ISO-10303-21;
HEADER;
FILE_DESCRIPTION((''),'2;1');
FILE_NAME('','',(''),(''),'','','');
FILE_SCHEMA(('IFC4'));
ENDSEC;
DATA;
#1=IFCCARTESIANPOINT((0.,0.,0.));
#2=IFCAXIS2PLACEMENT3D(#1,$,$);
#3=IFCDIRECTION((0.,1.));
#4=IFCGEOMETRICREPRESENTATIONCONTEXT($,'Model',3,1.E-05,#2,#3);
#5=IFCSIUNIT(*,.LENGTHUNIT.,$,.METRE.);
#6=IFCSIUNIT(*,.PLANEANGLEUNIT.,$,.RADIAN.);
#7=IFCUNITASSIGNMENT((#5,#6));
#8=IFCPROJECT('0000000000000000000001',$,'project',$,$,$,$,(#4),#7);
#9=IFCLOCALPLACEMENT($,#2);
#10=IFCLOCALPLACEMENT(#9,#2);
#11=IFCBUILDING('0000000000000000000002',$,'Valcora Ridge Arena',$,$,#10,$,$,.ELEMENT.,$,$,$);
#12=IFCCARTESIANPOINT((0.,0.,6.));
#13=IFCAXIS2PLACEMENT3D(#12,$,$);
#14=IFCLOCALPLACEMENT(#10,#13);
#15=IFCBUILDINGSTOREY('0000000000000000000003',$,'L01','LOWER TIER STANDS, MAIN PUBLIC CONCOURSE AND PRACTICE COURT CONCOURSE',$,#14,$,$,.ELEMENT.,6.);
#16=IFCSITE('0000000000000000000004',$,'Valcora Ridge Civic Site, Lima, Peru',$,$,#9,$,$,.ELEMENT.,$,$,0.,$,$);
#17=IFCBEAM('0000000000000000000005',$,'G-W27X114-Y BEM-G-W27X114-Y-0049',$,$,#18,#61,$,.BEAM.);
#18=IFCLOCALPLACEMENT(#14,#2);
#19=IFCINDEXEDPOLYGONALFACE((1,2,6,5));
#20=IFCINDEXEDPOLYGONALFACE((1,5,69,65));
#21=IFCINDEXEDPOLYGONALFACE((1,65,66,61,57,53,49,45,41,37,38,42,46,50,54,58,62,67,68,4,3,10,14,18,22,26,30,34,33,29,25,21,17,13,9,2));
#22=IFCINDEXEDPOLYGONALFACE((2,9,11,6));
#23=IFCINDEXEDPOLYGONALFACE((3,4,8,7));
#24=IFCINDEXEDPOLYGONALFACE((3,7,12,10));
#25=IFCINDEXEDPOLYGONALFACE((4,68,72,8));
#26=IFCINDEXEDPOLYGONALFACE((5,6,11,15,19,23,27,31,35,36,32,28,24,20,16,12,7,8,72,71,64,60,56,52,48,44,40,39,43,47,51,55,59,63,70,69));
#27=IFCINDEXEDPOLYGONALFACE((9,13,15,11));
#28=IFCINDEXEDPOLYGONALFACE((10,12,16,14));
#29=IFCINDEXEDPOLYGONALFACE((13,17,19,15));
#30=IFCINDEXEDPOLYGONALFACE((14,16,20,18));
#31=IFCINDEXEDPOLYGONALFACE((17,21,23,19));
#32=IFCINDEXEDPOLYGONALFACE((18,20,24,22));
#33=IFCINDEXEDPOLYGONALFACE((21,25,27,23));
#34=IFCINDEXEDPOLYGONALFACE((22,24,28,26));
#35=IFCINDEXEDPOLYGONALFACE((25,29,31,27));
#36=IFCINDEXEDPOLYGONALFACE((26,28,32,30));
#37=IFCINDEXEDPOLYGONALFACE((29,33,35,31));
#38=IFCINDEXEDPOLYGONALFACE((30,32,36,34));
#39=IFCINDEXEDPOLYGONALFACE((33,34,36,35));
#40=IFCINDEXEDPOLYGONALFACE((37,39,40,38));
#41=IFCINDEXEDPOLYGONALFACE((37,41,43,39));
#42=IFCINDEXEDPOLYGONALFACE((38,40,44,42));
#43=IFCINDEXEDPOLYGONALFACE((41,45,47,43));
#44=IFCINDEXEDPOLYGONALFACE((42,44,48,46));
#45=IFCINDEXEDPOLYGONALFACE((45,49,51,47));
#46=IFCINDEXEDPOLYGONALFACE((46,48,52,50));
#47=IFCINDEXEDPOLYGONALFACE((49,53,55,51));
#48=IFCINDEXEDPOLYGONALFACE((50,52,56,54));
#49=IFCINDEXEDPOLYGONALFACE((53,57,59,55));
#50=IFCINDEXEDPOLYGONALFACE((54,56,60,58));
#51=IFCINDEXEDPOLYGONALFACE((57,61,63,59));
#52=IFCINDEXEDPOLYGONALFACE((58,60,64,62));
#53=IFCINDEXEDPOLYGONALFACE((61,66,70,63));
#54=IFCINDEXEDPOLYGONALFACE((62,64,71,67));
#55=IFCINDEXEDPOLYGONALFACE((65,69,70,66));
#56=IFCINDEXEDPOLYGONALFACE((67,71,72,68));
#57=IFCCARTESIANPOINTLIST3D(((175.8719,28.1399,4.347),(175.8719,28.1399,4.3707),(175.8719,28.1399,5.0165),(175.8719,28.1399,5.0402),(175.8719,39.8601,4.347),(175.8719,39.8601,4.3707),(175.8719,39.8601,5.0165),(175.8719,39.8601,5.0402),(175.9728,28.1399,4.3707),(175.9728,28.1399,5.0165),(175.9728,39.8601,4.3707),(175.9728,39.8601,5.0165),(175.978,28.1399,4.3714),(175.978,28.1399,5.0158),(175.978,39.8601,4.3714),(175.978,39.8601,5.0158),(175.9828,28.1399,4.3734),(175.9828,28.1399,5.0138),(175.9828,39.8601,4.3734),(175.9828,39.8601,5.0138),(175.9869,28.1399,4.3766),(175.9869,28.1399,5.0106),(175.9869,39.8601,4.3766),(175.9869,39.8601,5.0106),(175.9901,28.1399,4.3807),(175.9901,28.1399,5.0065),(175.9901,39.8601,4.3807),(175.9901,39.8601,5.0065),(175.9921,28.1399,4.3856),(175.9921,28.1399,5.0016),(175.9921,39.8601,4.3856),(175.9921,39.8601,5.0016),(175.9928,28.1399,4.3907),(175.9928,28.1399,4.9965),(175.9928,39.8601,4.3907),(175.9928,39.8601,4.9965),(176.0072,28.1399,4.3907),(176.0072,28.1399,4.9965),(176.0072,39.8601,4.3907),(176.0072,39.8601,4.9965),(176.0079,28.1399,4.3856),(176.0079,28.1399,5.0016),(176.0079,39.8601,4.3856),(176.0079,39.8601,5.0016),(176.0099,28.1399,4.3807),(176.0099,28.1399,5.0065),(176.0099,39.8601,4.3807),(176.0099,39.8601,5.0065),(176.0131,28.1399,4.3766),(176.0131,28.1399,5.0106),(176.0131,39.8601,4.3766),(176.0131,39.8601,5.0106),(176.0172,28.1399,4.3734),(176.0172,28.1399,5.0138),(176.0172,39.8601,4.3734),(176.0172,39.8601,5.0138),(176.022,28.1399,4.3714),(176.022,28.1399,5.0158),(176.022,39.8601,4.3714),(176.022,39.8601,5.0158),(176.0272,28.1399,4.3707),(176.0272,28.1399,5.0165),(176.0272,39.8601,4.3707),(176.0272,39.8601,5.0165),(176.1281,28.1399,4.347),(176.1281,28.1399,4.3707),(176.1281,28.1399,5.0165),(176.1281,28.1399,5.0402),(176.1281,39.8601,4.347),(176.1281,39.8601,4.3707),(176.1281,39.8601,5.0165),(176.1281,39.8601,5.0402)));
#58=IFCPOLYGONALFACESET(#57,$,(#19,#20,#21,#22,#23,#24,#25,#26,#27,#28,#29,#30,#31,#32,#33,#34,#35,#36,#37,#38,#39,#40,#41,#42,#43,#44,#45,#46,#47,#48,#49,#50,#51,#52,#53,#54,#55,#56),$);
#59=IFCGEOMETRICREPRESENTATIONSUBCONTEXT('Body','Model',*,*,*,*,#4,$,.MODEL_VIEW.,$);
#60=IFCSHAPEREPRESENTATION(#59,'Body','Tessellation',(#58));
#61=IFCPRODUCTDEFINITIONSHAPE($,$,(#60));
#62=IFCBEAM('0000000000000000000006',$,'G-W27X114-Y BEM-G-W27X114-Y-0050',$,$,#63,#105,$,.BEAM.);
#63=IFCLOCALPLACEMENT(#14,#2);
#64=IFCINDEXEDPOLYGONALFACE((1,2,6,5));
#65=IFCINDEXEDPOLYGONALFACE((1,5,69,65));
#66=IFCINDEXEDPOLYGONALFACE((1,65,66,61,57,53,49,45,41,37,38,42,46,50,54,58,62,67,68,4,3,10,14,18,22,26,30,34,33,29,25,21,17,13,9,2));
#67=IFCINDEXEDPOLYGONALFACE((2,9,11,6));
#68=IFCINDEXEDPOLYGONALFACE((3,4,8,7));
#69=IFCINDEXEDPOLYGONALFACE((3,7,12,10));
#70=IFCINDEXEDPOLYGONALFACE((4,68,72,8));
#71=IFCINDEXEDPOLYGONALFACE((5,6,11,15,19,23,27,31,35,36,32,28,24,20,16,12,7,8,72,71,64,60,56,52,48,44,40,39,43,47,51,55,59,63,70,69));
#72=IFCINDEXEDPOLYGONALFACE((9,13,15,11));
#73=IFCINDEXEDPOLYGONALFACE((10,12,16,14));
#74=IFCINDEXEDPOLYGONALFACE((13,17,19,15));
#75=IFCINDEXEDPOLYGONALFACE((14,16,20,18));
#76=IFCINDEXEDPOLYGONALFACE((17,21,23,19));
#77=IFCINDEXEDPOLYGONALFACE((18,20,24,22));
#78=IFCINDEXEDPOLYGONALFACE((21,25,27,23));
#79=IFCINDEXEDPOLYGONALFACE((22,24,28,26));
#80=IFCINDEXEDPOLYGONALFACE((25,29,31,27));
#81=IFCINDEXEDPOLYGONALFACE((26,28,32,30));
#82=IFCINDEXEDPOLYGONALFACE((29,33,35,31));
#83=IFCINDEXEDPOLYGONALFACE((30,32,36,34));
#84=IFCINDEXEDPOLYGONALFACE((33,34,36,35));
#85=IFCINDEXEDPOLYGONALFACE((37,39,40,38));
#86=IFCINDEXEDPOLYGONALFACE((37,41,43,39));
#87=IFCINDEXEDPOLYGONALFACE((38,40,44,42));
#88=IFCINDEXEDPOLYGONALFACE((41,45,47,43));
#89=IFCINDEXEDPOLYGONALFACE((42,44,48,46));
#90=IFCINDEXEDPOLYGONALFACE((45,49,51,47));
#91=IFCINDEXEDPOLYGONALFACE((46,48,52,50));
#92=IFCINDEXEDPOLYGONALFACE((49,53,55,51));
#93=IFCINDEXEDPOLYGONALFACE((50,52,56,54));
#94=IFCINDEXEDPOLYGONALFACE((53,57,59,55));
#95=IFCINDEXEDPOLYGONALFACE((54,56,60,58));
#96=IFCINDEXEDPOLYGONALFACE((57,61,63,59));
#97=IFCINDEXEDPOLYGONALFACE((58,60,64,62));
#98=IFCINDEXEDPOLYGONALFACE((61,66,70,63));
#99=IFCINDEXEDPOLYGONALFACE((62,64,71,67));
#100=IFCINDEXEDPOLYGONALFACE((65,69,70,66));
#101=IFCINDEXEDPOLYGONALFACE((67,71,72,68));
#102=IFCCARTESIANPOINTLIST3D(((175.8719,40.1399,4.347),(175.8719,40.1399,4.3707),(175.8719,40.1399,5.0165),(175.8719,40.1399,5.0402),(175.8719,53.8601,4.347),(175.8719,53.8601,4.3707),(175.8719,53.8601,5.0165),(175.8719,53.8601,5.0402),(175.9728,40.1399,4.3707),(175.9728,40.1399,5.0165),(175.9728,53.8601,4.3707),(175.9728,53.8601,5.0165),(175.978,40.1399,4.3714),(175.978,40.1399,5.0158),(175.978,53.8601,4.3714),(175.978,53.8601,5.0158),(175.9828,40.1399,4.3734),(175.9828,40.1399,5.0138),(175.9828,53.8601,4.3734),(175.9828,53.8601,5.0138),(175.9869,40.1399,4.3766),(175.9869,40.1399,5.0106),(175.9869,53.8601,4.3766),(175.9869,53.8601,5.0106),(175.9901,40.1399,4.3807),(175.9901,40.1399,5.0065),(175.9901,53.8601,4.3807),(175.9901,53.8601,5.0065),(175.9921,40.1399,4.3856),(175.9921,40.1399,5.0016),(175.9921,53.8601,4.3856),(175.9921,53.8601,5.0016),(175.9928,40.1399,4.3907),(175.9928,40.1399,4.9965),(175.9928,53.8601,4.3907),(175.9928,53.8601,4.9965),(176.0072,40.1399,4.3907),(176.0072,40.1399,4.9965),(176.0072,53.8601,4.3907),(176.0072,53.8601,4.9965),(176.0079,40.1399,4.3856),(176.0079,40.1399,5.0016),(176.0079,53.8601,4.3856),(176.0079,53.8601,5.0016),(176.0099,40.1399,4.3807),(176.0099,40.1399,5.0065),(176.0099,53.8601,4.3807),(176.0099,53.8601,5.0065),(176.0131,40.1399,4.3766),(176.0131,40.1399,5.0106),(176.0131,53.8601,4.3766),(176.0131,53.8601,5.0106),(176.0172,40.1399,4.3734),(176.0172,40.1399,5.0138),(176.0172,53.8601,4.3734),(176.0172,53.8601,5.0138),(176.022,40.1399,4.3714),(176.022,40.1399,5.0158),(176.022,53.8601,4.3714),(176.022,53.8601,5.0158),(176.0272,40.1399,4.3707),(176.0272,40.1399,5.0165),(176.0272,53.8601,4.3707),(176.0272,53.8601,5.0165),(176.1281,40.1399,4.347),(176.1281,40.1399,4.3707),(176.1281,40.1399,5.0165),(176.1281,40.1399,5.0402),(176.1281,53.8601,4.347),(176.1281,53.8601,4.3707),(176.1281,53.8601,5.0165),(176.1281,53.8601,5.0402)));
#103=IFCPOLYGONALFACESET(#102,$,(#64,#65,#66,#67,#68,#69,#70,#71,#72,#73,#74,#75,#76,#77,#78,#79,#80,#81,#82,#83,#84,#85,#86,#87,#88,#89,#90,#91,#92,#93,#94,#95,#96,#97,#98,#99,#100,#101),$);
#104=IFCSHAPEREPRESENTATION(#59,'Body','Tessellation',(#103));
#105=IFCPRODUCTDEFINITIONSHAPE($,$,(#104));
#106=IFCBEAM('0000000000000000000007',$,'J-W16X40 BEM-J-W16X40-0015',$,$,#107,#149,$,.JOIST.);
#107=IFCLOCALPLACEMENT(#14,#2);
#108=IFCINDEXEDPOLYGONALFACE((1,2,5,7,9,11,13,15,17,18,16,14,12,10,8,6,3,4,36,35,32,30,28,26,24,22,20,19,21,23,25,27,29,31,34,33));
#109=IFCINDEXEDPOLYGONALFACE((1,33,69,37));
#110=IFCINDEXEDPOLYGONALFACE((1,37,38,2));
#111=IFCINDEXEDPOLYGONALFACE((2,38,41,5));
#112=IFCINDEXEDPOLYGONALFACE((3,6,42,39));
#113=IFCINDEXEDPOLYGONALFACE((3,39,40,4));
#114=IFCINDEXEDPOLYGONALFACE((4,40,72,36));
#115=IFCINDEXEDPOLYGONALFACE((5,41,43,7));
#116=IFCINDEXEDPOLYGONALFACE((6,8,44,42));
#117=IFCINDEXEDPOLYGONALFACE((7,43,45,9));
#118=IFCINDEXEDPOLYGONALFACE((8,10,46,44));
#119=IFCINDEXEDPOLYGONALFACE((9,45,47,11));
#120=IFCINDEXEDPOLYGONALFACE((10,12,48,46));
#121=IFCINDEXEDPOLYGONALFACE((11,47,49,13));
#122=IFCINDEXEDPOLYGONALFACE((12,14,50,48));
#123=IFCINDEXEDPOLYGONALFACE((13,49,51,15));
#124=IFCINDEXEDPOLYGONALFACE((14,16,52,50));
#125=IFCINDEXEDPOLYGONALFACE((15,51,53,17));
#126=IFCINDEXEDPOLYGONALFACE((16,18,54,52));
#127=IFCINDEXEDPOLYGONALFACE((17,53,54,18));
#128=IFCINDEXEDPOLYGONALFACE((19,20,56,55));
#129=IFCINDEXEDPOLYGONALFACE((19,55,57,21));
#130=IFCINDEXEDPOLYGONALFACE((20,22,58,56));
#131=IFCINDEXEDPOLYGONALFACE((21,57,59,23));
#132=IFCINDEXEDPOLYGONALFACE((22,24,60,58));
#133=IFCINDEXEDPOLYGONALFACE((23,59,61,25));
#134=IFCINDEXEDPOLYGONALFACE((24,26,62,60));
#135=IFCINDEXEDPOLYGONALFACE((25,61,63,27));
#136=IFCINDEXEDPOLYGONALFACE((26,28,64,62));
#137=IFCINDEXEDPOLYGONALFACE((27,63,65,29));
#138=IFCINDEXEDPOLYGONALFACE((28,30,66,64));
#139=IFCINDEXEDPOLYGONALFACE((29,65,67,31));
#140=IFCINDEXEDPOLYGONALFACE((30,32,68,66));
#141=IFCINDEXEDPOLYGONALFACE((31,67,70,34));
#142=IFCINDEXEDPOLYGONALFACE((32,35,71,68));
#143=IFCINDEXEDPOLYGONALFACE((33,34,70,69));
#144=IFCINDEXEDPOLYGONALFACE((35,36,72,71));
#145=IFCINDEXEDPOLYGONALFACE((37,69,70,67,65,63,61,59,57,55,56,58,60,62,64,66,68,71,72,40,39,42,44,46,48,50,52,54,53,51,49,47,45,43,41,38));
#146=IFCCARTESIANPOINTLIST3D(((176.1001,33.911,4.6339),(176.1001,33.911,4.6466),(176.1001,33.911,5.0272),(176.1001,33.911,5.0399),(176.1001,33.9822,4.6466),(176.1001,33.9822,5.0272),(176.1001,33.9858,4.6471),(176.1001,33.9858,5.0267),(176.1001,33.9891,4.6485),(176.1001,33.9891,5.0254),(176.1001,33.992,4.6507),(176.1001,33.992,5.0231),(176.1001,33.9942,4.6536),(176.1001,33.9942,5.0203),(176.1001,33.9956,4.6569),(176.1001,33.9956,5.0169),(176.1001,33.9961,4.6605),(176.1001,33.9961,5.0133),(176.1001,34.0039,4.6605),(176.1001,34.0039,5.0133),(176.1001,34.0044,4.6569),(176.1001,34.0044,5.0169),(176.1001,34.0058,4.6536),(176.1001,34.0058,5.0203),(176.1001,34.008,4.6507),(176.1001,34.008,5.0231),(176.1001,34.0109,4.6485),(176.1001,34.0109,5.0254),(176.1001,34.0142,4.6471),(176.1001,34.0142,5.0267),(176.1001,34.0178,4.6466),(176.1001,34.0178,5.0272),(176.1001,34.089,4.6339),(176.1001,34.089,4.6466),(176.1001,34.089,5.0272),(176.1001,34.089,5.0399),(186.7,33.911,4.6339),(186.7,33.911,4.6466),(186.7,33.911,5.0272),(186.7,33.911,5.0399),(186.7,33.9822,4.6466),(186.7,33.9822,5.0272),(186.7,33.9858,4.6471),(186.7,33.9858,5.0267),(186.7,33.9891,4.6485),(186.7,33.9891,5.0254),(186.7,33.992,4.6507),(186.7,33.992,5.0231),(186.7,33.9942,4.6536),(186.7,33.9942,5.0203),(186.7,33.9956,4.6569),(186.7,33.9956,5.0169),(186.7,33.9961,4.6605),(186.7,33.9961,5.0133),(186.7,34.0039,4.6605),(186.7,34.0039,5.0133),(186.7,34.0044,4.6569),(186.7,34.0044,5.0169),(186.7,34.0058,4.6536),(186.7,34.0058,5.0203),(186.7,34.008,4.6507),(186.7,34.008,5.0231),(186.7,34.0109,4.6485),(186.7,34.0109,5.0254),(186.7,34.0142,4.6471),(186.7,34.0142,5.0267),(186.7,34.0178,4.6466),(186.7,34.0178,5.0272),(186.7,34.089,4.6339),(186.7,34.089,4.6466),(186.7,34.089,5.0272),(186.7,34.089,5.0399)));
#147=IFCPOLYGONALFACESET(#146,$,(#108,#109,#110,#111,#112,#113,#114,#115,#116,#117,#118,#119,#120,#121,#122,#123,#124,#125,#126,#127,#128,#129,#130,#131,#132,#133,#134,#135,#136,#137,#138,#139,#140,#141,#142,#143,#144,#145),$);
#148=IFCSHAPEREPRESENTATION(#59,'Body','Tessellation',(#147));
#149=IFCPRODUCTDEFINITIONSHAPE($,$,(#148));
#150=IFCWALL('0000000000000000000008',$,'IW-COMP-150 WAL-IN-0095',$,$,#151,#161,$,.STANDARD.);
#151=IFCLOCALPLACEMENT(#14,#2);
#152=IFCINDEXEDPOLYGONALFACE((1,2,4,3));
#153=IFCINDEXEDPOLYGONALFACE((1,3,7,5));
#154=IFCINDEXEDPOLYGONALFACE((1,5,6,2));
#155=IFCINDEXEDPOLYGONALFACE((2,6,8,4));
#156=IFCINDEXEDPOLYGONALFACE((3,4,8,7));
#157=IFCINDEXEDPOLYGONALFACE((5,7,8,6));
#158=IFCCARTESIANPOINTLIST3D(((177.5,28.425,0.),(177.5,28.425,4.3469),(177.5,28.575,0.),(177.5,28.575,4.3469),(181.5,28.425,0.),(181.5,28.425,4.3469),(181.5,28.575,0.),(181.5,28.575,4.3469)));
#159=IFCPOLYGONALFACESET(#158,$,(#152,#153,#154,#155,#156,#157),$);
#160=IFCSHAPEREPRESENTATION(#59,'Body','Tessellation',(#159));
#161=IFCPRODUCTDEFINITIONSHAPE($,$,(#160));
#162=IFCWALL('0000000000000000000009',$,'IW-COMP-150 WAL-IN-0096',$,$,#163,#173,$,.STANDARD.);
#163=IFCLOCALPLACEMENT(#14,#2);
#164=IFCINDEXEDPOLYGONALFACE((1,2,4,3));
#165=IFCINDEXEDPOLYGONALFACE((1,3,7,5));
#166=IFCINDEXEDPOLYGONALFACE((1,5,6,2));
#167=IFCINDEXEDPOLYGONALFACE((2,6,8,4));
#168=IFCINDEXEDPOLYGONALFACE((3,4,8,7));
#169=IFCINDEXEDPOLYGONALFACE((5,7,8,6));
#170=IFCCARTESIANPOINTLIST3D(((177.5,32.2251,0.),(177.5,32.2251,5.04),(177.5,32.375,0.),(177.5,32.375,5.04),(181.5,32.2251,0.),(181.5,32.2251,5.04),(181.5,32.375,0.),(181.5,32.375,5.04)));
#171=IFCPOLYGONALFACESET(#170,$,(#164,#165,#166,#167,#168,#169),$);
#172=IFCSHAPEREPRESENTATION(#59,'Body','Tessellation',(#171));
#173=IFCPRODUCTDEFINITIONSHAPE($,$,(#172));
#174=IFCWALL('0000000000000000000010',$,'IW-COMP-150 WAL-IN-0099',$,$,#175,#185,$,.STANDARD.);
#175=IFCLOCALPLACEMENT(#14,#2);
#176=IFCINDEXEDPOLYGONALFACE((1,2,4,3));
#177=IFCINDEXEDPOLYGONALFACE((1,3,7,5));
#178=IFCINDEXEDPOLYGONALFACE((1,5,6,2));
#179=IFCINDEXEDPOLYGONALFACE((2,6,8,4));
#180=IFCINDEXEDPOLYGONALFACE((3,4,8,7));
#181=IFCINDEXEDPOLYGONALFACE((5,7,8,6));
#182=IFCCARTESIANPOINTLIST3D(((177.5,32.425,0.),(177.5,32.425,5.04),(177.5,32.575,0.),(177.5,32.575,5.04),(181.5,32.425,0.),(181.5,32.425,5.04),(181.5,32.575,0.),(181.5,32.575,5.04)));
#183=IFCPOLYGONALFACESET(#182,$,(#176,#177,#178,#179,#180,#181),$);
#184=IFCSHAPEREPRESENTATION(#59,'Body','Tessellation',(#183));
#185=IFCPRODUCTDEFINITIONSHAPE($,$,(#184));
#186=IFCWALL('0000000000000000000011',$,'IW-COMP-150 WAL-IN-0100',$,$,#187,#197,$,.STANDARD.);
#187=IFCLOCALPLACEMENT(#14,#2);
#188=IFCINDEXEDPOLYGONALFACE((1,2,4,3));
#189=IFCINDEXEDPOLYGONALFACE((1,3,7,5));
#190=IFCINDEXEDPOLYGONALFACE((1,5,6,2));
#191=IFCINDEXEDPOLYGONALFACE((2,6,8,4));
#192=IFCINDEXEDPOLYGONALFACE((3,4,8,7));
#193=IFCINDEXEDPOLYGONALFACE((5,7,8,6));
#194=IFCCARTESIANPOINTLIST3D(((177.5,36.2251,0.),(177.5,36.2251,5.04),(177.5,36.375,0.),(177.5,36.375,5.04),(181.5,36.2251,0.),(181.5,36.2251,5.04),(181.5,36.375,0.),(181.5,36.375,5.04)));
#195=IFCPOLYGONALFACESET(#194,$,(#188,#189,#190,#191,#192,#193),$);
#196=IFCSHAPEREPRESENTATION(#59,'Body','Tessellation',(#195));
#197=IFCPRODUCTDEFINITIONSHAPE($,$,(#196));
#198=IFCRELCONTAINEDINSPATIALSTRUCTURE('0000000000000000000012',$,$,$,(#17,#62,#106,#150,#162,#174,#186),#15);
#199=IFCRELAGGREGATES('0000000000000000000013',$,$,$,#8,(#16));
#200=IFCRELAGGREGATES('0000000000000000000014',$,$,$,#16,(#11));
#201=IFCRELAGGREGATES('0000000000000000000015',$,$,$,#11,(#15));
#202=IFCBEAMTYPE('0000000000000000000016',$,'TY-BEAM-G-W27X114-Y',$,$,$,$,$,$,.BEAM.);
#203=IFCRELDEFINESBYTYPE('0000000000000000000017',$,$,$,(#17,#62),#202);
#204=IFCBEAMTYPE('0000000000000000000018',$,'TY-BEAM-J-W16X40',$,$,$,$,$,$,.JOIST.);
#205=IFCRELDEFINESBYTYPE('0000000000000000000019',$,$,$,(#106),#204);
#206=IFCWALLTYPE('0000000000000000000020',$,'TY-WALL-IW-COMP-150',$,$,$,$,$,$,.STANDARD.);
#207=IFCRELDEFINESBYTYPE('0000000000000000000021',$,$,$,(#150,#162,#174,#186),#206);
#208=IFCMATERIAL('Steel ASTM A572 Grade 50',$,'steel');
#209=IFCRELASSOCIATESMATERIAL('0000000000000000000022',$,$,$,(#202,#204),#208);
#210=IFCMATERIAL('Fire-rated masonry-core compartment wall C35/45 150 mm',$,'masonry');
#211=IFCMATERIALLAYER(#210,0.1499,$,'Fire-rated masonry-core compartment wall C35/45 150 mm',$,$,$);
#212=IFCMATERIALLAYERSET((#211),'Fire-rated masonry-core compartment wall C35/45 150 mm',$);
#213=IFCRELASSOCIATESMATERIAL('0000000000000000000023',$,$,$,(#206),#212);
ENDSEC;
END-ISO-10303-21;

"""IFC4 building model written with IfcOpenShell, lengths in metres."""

from ifc_helpers import new_model, si_unit, direction, frame, frame_2d, origin, origin_2d, place, context, subcontext, project, spatial, rectangle, i_section, extrude, material, layer, layer_set, material_profile, profile_set, type_object, element, save


model = new_model("IFC4")

# Units and contexts
model_context = context("Model", 3, precision=1e-05, world=origin(), true_north=direction((0.0, 1.0)))
body_context = subcontext(model_context, "Body", "Model", "MODEL_VIEW")
ifc_project = project(units=[si_unit("LENGTHUNIT", "METRE"), si_unit("PLANEANGLEUNIT", "RADIAN")], contexts=[model_context])

# Site, building, storey
site_placement = place(None, origin())
site = spatial("IfcSite", under=ifc_project, at=site_placement, Name="Valcora Ridge Civic Site, Lima, Peru", CompositionType="ELEMENT", RefElevation=0.0)
building_placement = place(site_placement, origin())
building = spatial("IfcBuilding", under=site, at=building_placement, Name="Valcora Ridge Arena", CompositionType="ELEMENT")
storey_placement = place(building_placement, frame((0.0, 0.0, 6.0)))
storey = spatial("IfcBuildingStorey", under=building, at=storey_placement, Name="L01", Description="LOWER TIER STANDS, MAIN PUBLIC CONCOURSE AND PRACTICE COURT CONCOURSE", CompositionType="ELEMENT", Elevation=6.0)

# Shared definitions
ifc_material_1 = material(Name="Steel ASTM A572 Grade 50", Category="steel")

# Beams
ifc_material_profile_1 = material_profile(ifc_material_1, i_section(OverallWidth=0.2561, OverallDepth=0.6931, WebThickness=0.0144, FlangeThickness=0.0237, FilletRadius=0.02, at=origin_2d()), Name="W27X114")
ifc_profile_set_1 = profile_set([ifc_material_profile_1], Name="Steel ASTM A572 Grade 50")
beam_type_1 = type_object("IfcBeamType", Name="TY-BEAM-G-W27X114-Y", PredefinedType="BEAM", material=ifc_profile_set_1)
beam_1_placement = place(storey_placement, frame((176.0, 28.1399, 4.6936), z_axis=(0.0, 1.0, 0.0), x_axis=(-1.0, 0.0, 0.0)))
element("IfcBeam", 1, at=beam_1_placement, inside=storey, type_object=beam_type_1, Name="G-W27X114-Y BEM-G-W27X114-Y-0049", PredefinedType="BEAM", context=body_context, shape_type="SweptSolid", body=[
    extrude(i_section(OverallWidth=0.2561, OverallDepth=0.6931, WebThickness=0.0144, FlangeThickness=0.0237, FilletRadius=0.02, at=origin_2d()), origin(), (0.0, 0.0, 1.0), 11.7202),
])
beam_2_placement = place(storey_placement, frame((176.0, 40.1399, 4.6936), z_axis=(0.0, 1.0, 0.0), x_axis=(-1.0, 0.0, 0.0)))
element("IfcBeam", 2, at=beam_2_placement, inside=storey, type_object=beam_type_1, Name="G-W27X114-Y BEM-G-W27X114-Y-0050", PredefinedType="BEAM", context=body_context, shape_type="SweptSolid", body=[
    extrude(i_section(OverallWidth=0.2561, OverallDepth=0.6931, WebThickness=0.0144, FlangeThickness=0.0237, FilletRadius=0.02, at=origin_2d()), origin(), (0.0, 0.0, 1.0), 13.7202),
])
ifc_material_profile_2 = material_profile(ifc_material_1, i_section(OverallWidth=0.178, OverallDepth=0.406, WebThickness=0.0078, FlangeThickness=0.0127, FilletRadius=0.0139, at=origin_2d()), Name="W16X40")
ifc_profile_set_2 = profile_set([ifc_material_profile_2], Name="Steel ASTM A572 Grade 50")
beam_type_2 = type_object("IfcBeamType", Name="TY-BEAM-J-W16X40", PredefinedType="JOIST", material=ifc_profile_set_2)
beam_3_placement = place(storey_placement, frame((176.1001, 34.0, 4.8369), z_axis=(1.0, 0.0, 0.0), x_axis=(0.0, 1.0, 0.0)))
element("IfcBeam", 3, at=beam_3_placement, inside=storey, type_object=beam_type_2, Name="J-W16X40 BEM-J-W16X40-0015", PredefinedType="JOIST", context=body_context, shape_type="SweptSolid", body=[
    extrude(i_section(OverallWidth=0.178, OverallDepth=0.406, WebThickness=0.0078, FlangeThickness=0.0127, FilletRadius=0.0139, at=origin_2d()), origin(), (0.0, 0.0, 1.0), 10.5999),
])

# Walls
ifc_material_2 = material(Name="Fire-rated masonry-core compartment wall C35/45 150 mm", Category="masonry")
ifc_layer_1 = layer(ifc_material_2, 0.1499, Name="Fire-rated masonry-core compartment wall C35/45 150 mm")
ifc_layer_set_1 = layer_set([ifc_layer_1], Name="Fire-rated masonry-core compartment wall C35/45 150 mm")
wall_type_1 = type_object("IfcWallType", Name="TY-WALL-IW-COMP-150", PredefinedType="STANDARD", material=ifc_layer_set_1)
wall_1_placement = place(storey_placement, frame((177.5, 28.5, 0.0), z_axis=(0.0, 0.0, 1.0), x_axis=(1.0, 0.0, 0.0)))
element("IfcWall", 4, at=wall_1_placement, inside=storey, type_object=wall_type_1, Name="IW-COMP-150 WAL-IN-0095", PredefinedType="STANDARD", context=body_context, shape_type="SweptSolid", body=[
    extrude(rectangle(XDim=4.0, YDim=0.1499, at=frame_2d((2.0, 0.0))), origin(), (0.0, 0.0, 1.0), 4.3469),
])
wall_2_placement = place(storey_placement, frame((177.5, 32.3, 0.0), z_axis=(0.0, 0.0, 1.0), x_axis=(1.0, 0.0, 0.0)))
element("IfcWall", 5, at=wall_2_placement, inside=storey, type_object=wall_type_1, Name="IW-COMP-150 WAL-IN-0096", PredefinedType="STANDARD", context=body_context, shape_type="SweptSolid", body=[
    extrude(rectangle(XDim=4.0, YDim=0.1499, at=frame_2d((2.0, 0.0))), origin(), (0.0, 0.0, 1.0), 5.04),
])

# Walls
for number, where, z_axis, x_axis, name in (
    (6, (177.5, 32.5, 0.0), (0.0, 0.0, 1.0), (1.0, 0.0, 0.0), "IW-COMP-150 WAL-IN-0099"),
    (7, (177.5, 36.3, 0.0), (0.0, 0.0, 1.0), (1.0, 0.0, 0.0), "IW-COMP-150 WAL-IN-0100"),
):
    element("IfcWall", number, at=place(storey_placement, frame(where, z_axis=z_axis, x_axis=x_axis)), inside=storey, type_object=wall_type_1, Name=name, PredefinedType="STANDARD", context=body_context, shape_type="SweptSolid", body=[
        extrude(rectangle(XDim=4.0, YDim=0.1499, at=frame_2d((2.0, 0.0))), origin(), (0.0, 0.0, 1.0), 5.04),
    ])

save(model, "model.ifc")
